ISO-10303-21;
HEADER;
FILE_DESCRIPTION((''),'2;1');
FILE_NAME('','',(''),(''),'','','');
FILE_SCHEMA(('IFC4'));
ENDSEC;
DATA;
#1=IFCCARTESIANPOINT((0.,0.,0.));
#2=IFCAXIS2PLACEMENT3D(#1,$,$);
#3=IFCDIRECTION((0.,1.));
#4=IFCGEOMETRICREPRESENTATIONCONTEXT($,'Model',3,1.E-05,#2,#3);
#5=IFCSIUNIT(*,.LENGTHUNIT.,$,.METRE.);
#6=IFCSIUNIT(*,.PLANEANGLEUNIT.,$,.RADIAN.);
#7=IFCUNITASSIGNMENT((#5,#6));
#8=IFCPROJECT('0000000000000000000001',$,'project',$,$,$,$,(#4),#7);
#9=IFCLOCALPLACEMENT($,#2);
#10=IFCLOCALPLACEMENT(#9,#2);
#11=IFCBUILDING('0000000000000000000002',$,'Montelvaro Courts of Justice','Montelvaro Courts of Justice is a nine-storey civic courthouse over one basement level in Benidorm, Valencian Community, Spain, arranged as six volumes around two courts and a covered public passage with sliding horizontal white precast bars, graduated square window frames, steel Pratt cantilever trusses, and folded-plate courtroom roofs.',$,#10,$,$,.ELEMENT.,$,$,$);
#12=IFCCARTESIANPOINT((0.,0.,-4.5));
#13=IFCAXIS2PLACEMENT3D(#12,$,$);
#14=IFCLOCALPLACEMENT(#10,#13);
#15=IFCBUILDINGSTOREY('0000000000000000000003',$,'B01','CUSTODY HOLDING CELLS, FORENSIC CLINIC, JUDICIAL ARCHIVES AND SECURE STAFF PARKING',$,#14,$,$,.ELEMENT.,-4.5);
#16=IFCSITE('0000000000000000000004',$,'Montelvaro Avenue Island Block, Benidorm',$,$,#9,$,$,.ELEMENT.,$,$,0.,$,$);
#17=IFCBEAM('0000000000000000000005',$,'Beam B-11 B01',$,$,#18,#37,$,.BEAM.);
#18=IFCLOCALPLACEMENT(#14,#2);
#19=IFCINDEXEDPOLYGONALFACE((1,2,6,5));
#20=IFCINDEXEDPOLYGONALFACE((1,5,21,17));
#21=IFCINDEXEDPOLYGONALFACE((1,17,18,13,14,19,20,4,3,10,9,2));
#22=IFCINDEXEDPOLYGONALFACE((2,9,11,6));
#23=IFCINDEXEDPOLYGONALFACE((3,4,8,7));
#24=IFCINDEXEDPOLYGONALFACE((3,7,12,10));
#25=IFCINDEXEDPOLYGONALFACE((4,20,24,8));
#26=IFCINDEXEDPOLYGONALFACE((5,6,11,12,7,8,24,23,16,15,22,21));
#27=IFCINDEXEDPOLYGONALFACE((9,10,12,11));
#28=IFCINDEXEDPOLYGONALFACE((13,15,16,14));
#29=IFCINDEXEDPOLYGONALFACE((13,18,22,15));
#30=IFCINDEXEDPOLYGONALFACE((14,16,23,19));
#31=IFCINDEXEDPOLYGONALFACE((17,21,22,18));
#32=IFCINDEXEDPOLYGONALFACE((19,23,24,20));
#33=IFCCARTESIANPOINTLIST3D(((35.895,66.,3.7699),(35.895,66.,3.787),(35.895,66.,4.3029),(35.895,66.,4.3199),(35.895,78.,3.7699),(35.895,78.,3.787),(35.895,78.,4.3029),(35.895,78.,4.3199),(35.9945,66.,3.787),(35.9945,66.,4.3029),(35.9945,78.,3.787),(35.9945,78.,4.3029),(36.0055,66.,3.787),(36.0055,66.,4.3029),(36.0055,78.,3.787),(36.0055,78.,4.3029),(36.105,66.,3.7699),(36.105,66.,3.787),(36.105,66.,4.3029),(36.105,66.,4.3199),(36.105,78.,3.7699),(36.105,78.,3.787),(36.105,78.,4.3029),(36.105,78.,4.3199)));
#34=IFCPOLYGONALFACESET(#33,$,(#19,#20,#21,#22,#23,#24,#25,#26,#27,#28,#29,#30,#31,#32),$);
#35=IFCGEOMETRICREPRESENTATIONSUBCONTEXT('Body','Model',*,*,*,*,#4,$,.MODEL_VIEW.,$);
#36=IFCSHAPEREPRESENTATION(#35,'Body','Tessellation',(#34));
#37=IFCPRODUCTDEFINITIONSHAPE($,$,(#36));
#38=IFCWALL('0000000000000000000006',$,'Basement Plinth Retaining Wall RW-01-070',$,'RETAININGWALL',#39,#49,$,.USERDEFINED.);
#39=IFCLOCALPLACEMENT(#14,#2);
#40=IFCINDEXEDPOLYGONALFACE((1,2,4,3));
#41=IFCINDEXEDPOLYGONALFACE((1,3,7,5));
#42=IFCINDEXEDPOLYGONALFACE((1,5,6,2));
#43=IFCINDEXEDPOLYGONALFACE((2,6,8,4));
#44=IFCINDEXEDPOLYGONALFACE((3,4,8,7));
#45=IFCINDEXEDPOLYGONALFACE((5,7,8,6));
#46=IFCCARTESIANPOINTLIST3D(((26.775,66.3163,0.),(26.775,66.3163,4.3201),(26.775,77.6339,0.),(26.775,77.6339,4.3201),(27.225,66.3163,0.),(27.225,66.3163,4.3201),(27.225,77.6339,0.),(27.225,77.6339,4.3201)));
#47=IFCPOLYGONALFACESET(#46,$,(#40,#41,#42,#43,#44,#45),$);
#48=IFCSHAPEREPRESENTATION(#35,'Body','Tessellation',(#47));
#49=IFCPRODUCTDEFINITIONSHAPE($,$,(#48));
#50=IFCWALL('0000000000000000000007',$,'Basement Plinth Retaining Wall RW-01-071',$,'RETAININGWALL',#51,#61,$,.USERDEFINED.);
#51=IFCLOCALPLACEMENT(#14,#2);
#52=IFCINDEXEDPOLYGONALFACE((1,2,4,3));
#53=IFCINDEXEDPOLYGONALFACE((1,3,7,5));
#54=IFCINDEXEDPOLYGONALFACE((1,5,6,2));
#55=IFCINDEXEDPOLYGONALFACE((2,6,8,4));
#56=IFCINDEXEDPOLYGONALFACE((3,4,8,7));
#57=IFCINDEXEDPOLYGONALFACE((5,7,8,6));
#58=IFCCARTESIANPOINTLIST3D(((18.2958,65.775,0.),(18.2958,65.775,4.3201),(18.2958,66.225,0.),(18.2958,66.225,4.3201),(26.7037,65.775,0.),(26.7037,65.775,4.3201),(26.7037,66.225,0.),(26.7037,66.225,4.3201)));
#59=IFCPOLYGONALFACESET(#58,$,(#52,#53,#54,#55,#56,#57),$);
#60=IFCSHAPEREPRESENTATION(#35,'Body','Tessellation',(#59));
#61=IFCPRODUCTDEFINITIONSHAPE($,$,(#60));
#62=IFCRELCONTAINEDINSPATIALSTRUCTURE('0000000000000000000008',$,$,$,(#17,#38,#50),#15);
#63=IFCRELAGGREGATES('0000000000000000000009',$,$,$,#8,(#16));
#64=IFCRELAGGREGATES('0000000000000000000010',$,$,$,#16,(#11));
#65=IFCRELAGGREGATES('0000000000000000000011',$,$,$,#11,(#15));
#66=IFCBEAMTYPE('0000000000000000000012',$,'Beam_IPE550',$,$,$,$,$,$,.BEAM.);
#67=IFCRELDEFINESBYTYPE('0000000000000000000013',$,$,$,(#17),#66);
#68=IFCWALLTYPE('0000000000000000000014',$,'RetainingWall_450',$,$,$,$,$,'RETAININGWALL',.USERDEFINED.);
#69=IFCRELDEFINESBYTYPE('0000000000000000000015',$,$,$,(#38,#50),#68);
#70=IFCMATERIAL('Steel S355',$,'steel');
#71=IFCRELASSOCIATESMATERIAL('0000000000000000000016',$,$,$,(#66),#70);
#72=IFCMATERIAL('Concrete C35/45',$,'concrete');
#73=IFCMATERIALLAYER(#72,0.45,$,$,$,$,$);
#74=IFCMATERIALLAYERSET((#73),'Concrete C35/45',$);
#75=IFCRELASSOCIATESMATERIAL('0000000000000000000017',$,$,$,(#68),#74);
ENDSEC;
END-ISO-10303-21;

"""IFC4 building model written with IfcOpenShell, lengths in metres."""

from ifc_helpers import new_model, si_unit, direction, frame, frame_2d, origin, origin_2d, place, context, subcontext, project, spatial, rectangle, i_section, extrude, material, layer, layer_set, material_profile, profile_set, type_object, element, save


model = new_model("IFC4")

# Units and contexts
model_context = context("Model", 3, precision=1e-05, world=origin(), true_north=direction((0.0, 1.0)))
body_context = subcontext(model_context, "Body", "Model", "MODEL_VIEW")
ifc_project = project(units=[si_unit("LENGTHUNIT", "METRE"), si_unit("PLANEANGLEUNIT", "RADIAN")], contexts=[model_context])

# Site, building, storey
site_placement = place(None, origin())
site = spatial("IfcSite", under=ifc_project, at=site_placement, Name="Montelvaro Avenue Island Block, Benidorm", CompositionType="ELEMENT", RefElevation=0.0)
building_placement = place(site_placement, origin())
building = spatial("IfcBuilding", under=site, at=building_placement, Name="Montelvaro Courts of Justice", Description="Montelvaro Courts of Justice is a nine-storey civic courthouse over one basement level in Benidorm, Valencian Community, Spain, arranged as six volumes around two courts and a covered public passage with sliding horizontal white precast bars, graduated square window frames, steel Pratt cantilever trusses, and folded-plate courtroom roofs.", CompositionType="ELEMENT")
storey_placement = place(building_placement, frame((0.0, 0.0, -4.5)))
storey = spatial("IfcBuildingStorey", under=building, at=storey_placement, Name="B01", Description="CUSTODY HOLDING CELLS, FORENSIC CLINIC, JUDICIAL ARCHIVES AND SECURE STAFF PARKING", CompositionType="ELEMENT", Elevation=-4.5)

# Shared definitions
ifc_material_1 = material(Name="Concrete C35/45", Category="concrete")

# Beam
ifc_material_2 = material(Name="Steel S355", Category="steel")
ifc_material_profile_1 = material_profile(ifc_material_2, i_section(OverallWidth=0.21, OverallDepth=0.55, WebThickness=0.011, FlangeThickness=0.0171, at=origin_2d()), Name="IPE 550")
ifc_profile_set_1 = profile_set([ifc_material_profile_1], Name="Steel S355")
beam_type_1 = type_object("IfcBeamType", Name="Beam_IPE550", PredefinedType="BEAM", material=ifc_profile_set_1)
beam_1_placement = place(storey_placement, frame((36.0, 66.0, 4.0449), z_axis=(0.0, 1.0, 0.0), x_axis=(-1.0, 0.0, 0.0)))
element("IfcBeam", 1, at=beam_1_placement, inside=storey, type_object=beam_type_1, Name="Beam B-11 B01", PredefinedType="BEAM", context=body_context, shape_type="SweptSolid", body=[
    extrude(i_section(OverallWidth=0.21, OverallDepth=0.55, WebThickness=0.011, FlangeThickness=0.0171, at=origin_2d()), origin(), (0.0, 0.0, 1.0), 12.0),
])

# Walls
ifc_layer = layer(ifc_material_1, 0.45)
ifc_layer_set = layer_set([ifc_layer], Name="Concrete C35/45")
wall_type = type_object("IfcWallType", Name="RetainingWall_450", ElementType="RETAININGWALL", PredefinedType="USERDEFINED", material=ifc_layer_set)
wall_1_placement = place(storey_placement, frame((27.0, 77.6338, 0.0), z_axis=(0.0, 0.0, 1.0), x_axis=(0.0, -1.0, 0.0)))
element("IfcWall", 2, at=wall_1_placement, inside=storey, type_object=wall_type, Name="Basement Plinth Retaining Wall RW-01-070", ObjectType="RETAININGWALL", PredefinedType="USERDEFINED", context=body_context, shape_type="SweptSolid", body=[
    extrude(rectangle(XDim=11.3176, YDim=0.45, at=frame_2d((5.6587, 0.0))), origin(), (0.0, 0.0, 1.0), 4.3201),
])
wall_2_placement = place(storey_placement, frame((26.7039, 66.0, 0.0), z_axis=(0.0, 0.0, 1.0), x_axis=(-1.0, 0.0, 0.0)))
element("IfcWall", 3, at=wall_2_placement, inside=storey, type_object=wall_type, Name="Basement Plinth Retaining Wall RW-01-071", ObjectType="RETAININGWALL", PredefinedType="USERDEFINED", context=body_context, shape_type="SweptSolid", body=[
    extrude(rectangle(XDim=8.408, YDim=0.45, at=frame_2d((4.2041, 0.0))), origin(), (0.0, 0.0, 1.0), 4.3201),
])

save(model, "model.ifc")
